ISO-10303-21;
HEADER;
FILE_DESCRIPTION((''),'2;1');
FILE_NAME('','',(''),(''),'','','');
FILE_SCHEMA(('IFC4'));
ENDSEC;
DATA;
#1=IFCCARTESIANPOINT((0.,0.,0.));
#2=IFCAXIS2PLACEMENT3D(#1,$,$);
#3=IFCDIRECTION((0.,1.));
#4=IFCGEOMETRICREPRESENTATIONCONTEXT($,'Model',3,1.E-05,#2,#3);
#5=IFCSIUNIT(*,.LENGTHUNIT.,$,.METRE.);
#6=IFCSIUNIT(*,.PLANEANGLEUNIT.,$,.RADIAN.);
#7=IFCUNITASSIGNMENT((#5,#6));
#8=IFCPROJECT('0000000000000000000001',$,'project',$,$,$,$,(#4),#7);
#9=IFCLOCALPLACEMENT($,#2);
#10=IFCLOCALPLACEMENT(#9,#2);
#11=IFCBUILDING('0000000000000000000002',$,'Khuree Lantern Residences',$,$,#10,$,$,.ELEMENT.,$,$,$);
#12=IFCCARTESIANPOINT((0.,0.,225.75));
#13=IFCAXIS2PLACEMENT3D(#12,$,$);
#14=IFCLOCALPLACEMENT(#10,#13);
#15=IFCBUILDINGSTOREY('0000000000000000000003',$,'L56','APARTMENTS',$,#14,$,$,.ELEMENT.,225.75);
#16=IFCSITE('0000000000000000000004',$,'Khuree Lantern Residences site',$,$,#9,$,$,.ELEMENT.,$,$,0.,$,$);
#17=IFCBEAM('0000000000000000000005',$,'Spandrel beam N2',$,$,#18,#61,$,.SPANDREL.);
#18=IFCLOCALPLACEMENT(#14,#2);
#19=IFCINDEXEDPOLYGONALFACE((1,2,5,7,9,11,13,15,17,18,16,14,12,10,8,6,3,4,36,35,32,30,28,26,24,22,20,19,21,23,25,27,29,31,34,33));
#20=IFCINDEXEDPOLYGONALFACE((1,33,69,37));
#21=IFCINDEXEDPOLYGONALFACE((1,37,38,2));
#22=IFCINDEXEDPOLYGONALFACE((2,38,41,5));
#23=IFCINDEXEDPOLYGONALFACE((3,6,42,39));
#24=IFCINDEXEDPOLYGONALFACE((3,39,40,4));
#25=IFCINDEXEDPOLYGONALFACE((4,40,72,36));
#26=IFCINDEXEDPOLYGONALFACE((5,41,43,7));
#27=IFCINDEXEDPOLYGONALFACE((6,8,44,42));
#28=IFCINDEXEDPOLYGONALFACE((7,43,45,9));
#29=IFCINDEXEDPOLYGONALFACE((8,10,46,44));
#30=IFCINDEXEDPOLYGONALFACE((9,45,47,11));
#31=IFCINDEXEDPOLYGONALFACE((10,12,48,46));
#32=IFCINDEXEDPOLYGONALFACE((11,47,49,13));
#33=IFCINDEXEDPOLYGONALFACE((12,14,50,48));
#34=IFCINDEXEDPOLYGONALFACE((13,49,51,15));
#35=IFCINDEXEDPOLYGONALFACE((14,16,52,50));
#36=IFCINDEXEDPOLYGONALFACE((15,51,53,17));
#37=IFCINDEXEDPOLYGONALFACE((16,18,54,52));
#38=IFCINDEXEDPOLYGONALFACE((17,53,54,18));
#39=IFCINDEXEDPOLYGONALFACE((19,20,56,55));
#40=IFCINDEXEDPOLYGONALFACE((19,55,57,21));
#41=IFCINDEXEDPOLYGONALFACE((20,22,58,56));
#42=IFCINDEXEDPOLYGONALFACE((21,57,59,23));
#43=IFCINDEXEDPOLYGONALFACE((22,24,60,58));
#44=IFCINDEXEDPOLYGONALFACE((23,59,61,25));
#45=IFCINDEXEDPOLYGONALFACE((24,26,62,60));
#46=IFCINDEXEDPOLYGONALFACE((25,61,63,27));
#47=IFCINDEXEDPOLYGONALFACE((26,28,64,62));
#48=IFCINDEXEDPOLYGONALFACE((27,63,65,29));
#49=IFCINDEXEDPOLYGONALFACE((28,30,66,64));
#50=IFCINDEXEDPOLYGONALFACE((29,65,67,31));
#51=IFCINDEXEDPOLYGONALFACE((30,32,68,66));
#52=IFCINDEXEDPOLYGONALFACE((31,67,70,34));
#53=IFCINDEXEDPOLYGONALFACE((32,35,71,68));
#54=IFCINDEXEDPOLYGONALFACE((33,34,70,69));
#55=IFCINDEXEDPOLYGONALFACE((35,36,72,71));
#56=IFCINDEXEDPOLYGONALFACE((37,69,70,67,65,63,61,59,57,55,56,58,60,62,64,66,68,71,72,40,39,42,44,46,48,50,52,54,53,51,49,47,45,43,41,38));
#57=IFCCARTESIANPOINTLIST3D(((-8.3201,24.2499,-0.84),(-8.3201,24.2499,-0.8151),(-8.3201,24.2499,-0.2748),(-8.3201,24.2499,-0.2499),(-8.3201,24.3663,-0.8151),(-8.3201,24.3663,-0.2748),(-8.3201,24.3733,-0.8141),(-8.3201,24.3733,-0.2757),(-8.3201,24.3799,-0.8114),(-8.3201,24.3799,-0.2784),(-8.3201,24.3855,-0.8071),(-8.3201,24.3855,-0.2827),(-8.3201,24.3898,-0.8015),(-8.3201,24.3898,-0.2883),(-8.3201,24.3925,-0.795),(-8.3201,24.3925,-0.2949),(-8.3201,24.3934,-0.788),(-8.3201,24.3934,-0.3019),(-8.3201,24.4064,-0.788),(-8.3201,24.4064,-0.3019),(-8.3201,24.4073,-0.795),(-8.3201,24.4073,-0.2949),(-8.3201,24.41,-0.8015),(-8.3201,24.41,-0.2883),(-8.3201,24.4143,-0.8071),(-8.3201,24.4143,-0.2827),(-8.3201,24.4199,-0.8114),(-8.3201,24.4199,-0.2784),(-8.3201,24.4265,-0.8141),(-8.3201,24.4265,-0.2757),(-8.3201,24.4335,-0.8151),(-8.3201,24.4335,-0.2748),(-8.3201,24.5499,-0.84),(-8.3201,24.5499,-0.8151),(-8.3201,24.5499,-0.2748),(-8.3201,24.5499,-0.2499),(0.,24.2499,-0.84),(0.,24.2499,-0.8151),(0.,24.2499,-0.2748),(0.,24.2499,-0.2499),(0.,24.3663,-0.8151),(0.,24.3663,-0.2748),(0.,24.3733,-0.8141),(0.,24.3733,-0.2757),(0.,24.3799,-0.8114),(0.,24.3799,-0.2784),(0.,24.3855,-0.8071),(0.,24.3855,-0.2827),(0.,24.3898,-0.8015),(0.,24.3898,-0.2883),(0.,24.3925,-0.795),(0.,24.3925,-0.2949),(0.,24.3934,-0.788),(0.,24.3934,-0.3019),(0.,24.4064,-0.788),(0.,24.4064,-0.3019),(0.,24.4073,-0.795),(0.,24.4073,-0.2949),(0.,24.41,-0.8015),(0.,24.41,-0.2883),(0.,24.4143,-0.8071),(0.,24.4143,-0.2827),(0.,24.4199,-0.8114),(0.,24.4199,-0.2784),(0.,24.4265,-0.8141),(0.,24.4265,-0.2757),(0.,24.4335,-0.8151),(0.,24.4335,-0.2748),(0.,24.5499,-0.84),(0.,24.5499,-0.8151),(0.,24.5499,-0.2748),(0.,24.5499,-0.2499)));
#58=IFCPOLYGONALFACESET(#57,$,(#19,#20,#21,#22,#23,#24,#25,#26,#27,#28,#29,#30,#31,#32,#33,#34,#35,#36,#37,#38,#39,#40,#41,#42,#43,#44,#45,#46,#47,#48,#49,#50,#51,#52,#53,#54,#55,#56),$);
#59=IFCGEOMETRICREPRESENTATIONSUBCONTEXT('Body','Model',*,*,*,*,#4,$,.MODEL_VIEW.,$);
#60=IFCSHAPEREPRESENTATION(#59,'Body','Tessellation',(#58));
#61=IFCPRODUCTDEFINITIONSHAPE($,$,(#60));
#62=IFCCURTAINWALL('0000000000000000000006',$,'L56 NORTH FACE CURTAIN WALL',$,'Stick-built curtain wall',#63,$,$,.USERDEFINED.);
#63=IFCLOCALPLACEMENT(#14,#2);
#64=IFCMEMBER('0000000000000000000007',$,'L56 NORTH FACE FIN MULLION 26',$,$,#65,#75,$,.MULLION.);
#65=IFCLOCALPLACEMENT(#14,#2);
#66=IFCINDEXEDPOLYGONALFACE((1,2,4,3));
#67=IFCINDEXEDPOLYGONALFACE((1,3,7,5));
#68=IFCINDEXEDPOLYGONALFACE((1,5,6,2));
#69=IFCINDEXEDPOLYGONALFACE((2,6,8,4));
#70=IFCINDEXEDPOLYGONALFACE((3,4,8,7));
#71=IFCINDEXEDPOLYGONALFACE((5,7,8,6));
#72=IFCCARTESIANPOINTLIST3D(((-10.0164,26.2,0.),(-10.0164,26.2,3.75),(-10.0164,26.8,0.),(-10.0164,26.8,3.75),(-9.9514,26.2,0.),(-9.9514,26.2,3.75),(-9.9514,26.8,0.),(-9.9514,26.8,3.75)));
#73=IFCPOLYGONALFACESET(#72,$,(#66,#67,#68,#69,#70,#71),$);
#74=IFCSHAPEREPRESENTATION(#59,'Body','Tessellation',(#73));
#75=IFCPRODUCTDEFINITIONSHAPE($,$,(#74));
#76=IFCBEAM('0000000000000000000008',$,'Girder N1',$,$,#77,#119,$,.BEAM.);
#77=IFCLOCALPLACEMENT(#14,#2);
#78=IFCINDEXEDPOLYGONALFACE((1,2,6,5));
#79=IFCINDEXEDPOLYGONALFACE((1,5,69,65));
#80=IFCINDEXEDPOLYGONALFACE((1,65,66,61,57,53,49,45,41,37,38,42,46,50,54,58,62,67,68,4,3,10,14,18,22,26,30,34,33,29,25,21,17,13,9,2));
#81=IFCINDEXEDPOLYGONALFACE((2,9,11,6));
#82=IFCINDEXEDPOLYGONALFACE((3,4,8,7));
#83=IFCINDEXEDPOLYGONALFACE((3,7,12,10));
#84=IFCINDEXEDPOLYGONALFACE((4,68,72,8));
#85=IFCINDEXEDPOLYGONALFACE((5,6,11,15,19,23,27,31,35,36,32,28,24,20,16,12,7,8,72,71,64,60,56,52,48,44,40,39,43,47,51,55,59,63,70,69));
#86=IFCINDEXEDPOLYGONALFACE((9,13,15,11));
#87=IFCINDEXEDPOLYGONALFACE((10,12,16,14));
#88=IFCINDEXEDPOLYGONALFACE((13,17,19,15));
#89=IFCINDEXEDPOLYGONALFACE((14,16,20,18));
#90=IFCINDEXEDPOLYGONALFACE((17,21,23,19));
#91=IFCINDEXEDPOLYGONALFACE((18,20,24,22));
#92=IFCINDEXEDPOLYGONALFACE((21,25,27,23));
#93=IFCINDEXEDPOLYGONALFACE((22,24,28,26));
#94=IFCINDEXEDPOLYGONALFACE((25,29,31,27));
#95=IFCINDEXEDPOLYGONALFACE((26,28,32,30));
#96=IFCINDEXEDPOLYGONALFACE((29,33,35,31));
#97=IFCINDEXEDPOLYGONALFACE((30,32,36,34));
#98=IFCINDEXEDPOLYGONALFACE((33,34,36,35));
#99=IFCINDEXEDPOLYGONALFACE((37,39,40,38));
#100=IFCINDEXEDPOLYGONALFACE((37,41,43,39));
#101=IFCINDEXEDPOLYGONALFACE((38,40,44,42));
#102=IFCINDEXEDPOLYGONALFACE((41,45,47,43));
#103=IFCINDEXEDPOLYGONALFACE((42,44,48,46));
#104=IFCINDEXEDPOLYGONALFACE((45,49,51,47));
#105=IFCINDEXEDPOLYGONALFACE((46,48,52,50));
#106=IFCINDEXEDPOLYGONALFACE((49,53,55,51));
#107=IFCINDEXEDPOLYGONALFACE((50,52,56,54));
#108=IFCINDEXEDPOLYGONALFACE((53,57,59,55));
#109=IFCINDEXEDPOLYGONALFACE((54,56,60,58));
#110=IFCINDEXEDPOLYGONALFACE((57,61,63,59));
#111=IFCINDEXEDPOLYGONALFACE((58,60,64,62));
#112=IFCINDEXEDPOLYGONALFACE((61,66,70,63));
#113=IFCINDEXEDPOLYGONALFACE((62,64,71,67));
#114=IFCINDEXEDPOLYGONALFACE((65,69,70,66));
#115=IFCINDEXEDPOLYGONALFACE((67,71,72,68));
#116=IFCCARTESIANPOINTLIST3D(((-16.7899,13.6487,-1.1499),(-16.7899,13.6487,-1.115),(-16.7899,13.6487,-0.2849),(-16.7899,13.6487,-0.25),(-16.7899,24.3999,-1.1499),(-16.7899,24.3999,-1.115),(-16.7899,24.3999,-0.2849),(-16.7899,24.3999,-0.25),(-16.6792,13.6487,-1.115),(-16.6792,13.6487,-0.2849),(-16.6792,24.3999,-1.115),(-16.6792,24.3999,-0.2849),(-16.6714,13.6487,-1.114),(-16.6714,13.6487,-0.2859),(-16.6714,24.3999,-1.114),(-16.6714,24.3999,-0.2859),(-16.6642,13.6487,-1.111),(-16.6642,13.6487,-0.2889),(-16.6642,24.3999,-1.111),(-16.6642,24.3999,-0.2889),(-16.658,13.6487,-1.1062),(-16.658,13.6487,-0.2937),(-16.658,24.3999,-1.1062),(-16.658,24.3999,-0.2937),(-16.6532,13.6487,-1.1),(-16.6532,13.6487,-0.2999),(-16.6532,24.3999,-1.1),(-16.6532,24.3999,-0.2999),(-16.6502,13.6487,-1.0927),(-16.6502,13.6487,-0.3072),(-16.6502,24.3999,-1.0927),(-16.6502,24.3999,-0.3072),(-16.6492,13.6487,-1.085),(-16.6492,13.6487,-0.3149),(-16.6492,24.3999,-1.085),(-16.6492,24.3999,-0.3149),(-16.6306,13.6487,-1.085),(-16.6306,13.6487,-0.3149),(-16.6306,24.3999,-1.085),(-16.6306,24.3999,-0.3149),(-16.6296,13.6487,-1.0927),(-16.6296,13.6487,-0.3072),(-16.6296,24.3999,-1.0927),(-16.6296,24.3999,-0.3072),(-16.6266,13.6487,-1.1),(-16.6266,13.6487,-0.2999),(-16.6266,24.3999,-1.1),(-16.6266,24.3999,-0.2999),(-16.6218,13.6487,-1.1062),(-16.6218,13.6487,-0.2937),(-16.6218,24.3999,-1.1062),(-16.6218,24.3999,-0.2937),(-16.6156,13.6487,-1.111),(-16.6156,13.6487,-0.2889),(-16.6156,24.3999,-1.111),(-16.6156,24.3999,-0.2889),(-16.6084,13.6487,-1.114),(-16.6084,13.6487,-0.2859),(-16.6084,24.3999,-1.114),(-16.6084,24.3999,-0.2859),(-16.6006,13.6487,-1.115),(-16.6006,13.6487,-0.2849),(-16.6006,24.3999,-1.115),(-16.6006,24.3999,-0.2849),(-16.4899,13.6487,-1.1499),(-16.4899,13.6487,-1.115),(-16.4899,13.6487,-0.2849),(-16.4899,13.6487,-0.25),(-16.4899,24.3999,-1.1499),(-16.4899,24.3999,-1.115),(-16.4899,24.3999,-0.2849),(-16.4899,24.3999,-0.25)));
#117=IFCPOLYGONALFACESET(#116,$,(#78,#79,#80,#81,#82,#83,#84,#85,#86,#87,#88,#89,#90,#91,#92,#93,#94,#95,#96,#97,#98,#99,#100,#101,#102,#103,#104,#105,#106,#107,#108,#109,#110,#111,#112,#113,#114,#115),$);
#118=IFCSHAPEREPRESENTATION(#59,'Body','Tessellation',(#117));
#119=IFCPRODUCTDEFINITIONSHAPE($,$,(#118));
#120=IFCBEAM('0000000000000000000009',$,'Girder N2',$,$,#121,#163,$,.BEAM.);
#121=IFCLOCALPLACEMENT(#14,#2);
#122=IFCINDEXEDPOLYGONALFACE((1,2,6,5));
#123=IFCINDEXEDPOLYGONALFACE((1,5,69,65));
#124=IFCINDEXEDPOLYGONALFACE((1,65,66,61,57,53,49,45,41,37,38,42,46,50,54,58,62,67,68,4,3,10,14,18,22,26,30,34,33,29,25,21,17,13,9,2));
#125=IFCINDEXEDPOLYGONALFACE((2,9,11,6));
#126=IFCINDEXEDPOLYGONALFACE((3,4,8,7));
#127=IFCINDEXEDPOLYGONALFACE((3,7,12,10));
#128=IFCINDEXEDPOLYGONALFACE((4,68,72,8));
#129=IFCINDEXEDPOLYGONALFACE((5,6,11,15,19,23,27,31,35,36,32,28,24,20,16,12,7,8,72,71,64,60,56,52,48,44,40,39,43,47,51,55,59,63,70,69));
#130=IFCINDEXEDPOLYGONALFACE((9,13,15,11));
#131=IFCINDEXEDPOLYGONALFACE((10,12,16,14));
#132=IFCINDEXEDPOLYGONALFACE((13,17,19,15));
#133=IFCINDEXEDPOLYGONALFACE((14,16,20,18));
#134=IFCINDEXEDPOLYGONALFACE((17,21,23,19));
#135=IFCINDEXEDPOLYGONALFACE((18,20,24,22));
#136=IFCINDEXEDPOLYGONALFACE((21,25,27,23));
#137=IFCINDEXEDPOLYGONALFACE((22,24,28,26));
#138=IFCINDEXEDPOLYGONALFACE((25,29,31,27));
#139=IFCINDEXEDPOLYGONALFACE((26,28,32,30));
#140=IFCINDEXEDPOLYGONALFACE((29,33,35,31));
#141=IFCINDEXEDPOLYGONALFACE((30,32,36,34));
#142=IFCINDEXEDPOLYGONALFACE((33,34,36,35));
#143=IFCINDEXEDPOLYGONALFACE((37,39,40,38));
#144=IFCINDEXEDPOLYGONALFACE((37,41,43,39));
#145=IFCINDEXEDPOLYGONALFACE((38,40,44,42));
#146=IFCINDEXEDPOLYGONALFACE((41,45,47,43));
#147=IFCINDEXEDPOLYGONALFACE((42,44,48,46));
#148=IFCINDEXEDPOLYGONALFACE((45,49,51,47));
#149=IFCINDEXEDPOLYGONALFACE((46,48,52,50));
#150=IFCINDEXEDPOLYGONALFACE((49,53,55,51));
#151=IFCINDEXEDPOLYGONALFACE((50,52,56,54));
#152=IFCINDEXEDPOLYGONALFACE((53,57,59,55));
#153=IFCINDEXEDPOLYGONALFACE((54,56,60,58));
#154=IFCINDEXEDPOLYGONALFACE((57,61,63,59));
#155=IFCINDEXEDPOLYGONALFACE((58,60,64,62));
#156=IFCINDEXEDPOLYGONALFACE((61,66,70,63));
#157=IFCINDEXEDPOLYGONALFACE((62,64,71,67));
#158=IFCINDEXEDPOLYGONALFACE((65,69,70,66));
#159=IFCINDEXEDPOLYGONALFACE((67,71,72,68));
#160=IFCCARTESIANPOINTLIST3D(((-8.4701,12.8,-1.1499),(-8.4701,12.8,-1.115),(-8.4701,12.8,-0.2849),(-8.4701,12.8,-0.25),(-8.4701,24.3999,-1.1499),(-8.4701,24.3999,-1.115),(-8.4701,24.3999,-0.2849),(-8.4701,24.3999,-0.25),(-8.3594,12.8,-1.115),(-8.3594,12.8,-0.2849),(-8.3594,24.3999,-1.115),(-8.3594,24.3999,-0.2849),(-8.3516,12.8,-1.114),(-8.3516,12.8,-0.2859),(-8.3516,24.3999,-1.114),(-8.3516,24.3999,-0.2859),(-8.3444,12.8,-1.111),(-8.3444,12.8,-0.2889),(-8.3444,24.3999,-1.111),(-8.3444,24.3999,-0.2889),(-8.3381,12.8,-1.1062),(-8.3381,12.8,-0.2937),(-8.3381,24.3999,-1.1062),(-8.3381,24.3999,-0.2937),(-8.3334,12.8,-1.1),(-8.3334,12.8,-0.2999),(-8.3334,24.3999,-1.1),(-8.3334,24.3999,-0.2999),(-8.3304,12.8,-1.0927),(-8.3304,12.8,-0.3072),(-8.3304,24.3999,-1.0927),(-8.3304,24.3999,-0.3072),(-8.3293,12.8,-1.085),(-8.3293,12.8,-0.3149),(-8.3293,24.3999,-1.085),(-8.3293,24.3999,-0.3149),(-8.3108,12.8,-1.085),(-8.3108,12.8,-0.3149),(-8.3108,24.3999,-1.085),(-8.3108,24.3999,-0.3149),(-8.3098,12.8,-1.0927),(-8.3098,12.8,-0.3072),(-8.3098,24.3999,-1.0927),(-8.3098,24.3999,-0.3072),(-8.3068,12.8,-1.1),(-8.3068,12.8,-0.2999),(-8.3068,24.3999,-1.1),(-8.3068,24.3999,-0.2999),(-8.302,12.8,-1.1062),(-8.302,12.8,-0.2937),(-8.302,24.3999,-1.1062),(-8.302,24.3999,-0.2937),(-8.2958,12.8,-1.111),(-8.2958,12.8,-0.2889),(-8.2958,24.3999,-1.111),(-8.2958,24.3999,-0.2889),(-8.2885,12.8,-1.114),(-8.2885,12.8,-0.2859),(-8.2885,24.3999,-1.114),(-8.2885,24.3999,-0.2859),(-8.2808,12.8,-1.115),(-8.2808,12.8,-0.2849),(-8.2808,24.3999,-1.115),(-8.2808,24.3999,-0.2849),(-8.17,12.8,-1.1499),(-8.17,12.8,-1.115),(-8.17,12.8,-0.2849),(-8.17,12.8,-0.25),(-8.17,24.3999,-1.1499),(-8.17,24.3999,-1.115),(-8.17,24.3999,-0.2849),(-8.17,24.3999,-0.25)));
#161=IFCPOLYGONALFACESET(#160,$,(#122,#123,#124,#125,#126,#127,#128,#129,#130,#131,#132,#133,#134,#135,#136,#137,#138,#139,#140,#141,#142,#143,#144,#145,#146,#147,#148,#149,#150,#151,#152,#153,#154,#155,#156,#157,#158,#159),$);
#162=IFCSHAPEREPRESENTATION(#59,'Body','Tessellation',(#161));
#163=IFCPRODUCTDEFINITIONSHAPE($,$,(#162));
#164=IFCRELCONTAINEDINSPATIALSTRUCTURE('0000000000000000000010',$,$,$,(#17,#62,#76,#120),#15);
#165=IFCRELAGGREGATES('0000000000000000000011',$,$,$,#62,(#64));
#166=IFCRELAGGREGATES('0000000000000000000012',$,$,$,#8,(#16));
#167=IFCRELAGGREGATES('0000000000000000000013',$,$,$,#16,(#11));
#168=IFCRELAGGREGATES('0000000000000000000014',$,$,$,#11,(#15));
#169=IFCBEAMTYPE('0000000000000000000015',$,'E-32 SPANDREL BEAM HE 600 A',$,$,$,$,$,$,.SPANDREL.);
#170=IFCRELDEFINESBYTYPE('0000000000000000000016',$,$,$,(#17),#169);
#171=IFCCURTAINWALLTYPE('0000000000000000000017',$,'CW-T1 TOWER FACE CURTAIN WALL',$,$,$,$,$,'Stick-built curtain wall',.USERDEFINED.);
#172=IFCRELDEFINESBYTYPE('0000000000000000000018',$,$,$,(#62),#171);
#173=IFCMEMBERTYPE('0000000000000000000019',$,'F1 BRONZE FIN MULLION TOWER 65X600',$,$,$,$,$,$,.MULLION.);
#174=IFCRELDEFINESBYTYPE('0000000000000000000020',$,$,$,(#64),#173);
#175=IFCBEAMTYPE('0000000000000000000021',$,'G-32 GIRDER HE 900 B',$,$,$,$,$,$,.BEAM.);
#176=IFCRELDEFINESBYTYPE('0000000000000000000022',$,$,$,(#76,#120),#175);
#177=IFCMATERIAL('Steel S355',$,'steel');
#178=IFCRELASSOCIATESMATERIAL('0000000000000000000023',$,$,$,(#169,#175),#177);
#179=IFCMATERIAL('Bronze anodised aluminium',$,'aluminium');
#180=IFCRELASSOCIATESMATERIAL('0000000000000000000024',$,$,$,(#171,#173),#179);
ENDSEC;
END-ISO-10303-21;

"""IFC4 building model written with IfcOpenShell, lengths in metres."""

from ifc_helpers import new_model, si_unit, direction, frame, origin, origin_2d, place, context, subcontext, project, spatial, rectangle, i_section, extrude, material, material_profile, profile_set, type_object, element, aggregate, save


model = new_model("IFC4")

# Units and contexts
model_context = context("Model", 3, precision=1e-05, world=origin(), true_north=direction((0.0, 1.0)))
body_context = subcontext(model_context, "Body", "Model", "MODEL_VIEW")
ifc_project = project(units=[si_unit("LENGTHUNIT", "METRE"), si_unit("PLANEANGLEUNIT", "RADIAN")], contexts=[model_context])

# Site, building, storey
site_placement = place(None, origin())
site = spatial("IfcSite", under=ifc_project, at=site_placement, Name="Khuree Lantern Residences site", CompositionType="ELEMENT", RefElevation=0.0)
building_placement = place(site_placement, origin())
building = spatial("IfcBuilding", under=site, at=building_placement, Name="Khuree Lantern Residences", CompositionType="ELEMENT")
storey_placement = place(building_placement, frame((0.0, 0.0, 225.75)))
storey = spatial("IfcBuildingStorey", under=building, at=storey_placement, Name="L56", Description="APARTMENTS", CompositionType="ELEMENT", Elevation=225.75)

# Beam
ifc_material_1 = material(Name="Steel S355", Category="steel")
ifc_material_profile_1 = material_profile(ifc_material_1, i_section(OverallWidth=0.3, OverallDepth=0.5901, WebThickness=0.0129, FlangeThickness=0.0249, FilletRadius=0.0271, at=origin_2d()), Name="HE 600 A")
ifc_profile_set_1 = profile_set([ifc_material_profile_1], Name="Steel S355")
beam_type_1 = type_object("IfcBeamType", Name="E-32 SPANDREL BEAM HE 600 A", PredefinedType="SPANDREL", material=ifc_profile_set_1)
beam_1_placement = place(storey_placement, frame((-8.3201, 24.3999, -0.5449), z_axis=(1.0, 0.0, 0.0), x_axis=(0.0, 1.0, 0.0)))
element("IfcBeam", 1, at=beam_1_placement, inside=storey, type_object=beam_type_1, Name="Spandrel beam N2", PredefinedType="SPANDREL", context=body_context, shape_type="SweptSolid", body=[
    extrude(i_section(OverallWidth=0.3, OverallDepth=0.5901, WebThickness=0.0129, FlangeThickness=0.0249, FilletRadius=0.0271, at=origin_2d()), origin(), (0.0, 0.0, 1.0), 8.3201),
])

# Curtain wall, member
ifc_material_2 = material(Name="Bronze anodised aluminium", Category="aluminium")
curtain_wall_type = type_object("IfcCurtainWallType", Name="CW-T1 TOWER FACE CURTAIN WALL", ElementType="Stick-built curtain wall", PredefinedType="USERDEFINED", material=ifc_material_2)
curtain_wall_placement = place(storey_placement, origin())
curtain_wall = element("IfcCurtainWall", 2, at=curtain_wall_placement, inside=storey, type_object=curtain_wall_type, Name="L56 NORTH FACE CURTAIN WALL", ObjectType="Stick-built curtain wall", PredefinedType="USERDEFINED")
ifc_material_profile_2 = material_profile(ifc_material_2, rectangle(XDim=0.0649, YDim=0.6001, at=origin_2d()), Name="F1 65X600")
ifc_profile_set_2 = profile_set([ifc_material_profile_2], Name="Bronze anodised aluminium")
member_type_1 = type_object("IfcMemberType", Name="F1 BRONZE FIN MULLION TOWER 65X600", PredefinedType="MULLION", material=ifc_profile_set_2)
member_1_placement = place(storey_placement, frame((-9.9839, 26.5, 0.0), z_axis=(0.0, 0.0, 1.0), x_axis=(-1.0, 0.0, 0.0)))
member_1 = element("IfcMember", 3, at=member_1_placement, type_object=member_type_1, Name="L56 NORTH FACE FIN MULLION 26", PredefinedType="MULLION", context=body_context, shape_type="SweptSolid", body=[
    extrude(rectangle(XDim=0.0649, YDim=0.6001, at=origin_2d()), origin(), (0.0, 0.0, 1.0), 3.75),
])

# Beams
ifc_material_profile_3 = material_profile(ifc_material_1, i_section(OverallWidth=0.3, OverallDepth=0.8999, WebThickness=0.0186, FlangeThickness=0.0349, FilletRadius=0.03, at=origin_2d()), Name="HE 900 B")
ifc_profile_set_3 = profile_set([ifc_material_profile_3], Name="Steel S355")
beam_type_2 = type_object("IfcBeamType", Name="G-32 GIRDER HE 900 B", PredefinedType="BEAM", material=ifc_profile_set_3)
beam_2_placement = place(storey_placement, frame((-16.6399, 24.3999, -0.7), z_axis=(0.0, -1.0, 0.0), x_axis=(1.0, 0.0, 0.0)))
element("IfcBeam", 4, at=beam_2_placement, inside=storey, type_object=beam_type_2, Name="Girder N1", PredefinedType="BEAM", context=body_context, shape_type="SweptSolid", body=[
    extrude(i_section(OverallWidth=0.3, OverallDepth=0.8999, WebThickness=0.0186, FlangeThickness=0.0349, FilletRadius=0.03, at=origin_2d()), origin(), (0.0, 0.0, 1.0), 10.7512),
])
for number, where, z_axis, x_axis, name in (
    (5, (-8.3201, 24.3999, -0.7), (0.0, -1.0, 0.0), (1.0, 0.0, 0.0), "Girder N2"),
):
    element("IfcBeam", number, at=place(storey_placement, frame(where, z_axis=z_axis, x_axis=x_axis)), inside=storey, type_object=beam_type_2, Name=name, PredefinedType="BEAM", context=body_context, shape_type="SweptSolid", body=[
        extrude(i_section(OverallWidth=0.3, OverallDepth=0.8999, WebThickness=0.0186, FlangeThickness=0.0349, FilletRadius=0.03, at=origin_2d()), origin(), (0.0, 0.0, 1.0), 11.5999),
    ])

aggregate(curtain_wall, [member_1])

save(model, "model.ifc")
